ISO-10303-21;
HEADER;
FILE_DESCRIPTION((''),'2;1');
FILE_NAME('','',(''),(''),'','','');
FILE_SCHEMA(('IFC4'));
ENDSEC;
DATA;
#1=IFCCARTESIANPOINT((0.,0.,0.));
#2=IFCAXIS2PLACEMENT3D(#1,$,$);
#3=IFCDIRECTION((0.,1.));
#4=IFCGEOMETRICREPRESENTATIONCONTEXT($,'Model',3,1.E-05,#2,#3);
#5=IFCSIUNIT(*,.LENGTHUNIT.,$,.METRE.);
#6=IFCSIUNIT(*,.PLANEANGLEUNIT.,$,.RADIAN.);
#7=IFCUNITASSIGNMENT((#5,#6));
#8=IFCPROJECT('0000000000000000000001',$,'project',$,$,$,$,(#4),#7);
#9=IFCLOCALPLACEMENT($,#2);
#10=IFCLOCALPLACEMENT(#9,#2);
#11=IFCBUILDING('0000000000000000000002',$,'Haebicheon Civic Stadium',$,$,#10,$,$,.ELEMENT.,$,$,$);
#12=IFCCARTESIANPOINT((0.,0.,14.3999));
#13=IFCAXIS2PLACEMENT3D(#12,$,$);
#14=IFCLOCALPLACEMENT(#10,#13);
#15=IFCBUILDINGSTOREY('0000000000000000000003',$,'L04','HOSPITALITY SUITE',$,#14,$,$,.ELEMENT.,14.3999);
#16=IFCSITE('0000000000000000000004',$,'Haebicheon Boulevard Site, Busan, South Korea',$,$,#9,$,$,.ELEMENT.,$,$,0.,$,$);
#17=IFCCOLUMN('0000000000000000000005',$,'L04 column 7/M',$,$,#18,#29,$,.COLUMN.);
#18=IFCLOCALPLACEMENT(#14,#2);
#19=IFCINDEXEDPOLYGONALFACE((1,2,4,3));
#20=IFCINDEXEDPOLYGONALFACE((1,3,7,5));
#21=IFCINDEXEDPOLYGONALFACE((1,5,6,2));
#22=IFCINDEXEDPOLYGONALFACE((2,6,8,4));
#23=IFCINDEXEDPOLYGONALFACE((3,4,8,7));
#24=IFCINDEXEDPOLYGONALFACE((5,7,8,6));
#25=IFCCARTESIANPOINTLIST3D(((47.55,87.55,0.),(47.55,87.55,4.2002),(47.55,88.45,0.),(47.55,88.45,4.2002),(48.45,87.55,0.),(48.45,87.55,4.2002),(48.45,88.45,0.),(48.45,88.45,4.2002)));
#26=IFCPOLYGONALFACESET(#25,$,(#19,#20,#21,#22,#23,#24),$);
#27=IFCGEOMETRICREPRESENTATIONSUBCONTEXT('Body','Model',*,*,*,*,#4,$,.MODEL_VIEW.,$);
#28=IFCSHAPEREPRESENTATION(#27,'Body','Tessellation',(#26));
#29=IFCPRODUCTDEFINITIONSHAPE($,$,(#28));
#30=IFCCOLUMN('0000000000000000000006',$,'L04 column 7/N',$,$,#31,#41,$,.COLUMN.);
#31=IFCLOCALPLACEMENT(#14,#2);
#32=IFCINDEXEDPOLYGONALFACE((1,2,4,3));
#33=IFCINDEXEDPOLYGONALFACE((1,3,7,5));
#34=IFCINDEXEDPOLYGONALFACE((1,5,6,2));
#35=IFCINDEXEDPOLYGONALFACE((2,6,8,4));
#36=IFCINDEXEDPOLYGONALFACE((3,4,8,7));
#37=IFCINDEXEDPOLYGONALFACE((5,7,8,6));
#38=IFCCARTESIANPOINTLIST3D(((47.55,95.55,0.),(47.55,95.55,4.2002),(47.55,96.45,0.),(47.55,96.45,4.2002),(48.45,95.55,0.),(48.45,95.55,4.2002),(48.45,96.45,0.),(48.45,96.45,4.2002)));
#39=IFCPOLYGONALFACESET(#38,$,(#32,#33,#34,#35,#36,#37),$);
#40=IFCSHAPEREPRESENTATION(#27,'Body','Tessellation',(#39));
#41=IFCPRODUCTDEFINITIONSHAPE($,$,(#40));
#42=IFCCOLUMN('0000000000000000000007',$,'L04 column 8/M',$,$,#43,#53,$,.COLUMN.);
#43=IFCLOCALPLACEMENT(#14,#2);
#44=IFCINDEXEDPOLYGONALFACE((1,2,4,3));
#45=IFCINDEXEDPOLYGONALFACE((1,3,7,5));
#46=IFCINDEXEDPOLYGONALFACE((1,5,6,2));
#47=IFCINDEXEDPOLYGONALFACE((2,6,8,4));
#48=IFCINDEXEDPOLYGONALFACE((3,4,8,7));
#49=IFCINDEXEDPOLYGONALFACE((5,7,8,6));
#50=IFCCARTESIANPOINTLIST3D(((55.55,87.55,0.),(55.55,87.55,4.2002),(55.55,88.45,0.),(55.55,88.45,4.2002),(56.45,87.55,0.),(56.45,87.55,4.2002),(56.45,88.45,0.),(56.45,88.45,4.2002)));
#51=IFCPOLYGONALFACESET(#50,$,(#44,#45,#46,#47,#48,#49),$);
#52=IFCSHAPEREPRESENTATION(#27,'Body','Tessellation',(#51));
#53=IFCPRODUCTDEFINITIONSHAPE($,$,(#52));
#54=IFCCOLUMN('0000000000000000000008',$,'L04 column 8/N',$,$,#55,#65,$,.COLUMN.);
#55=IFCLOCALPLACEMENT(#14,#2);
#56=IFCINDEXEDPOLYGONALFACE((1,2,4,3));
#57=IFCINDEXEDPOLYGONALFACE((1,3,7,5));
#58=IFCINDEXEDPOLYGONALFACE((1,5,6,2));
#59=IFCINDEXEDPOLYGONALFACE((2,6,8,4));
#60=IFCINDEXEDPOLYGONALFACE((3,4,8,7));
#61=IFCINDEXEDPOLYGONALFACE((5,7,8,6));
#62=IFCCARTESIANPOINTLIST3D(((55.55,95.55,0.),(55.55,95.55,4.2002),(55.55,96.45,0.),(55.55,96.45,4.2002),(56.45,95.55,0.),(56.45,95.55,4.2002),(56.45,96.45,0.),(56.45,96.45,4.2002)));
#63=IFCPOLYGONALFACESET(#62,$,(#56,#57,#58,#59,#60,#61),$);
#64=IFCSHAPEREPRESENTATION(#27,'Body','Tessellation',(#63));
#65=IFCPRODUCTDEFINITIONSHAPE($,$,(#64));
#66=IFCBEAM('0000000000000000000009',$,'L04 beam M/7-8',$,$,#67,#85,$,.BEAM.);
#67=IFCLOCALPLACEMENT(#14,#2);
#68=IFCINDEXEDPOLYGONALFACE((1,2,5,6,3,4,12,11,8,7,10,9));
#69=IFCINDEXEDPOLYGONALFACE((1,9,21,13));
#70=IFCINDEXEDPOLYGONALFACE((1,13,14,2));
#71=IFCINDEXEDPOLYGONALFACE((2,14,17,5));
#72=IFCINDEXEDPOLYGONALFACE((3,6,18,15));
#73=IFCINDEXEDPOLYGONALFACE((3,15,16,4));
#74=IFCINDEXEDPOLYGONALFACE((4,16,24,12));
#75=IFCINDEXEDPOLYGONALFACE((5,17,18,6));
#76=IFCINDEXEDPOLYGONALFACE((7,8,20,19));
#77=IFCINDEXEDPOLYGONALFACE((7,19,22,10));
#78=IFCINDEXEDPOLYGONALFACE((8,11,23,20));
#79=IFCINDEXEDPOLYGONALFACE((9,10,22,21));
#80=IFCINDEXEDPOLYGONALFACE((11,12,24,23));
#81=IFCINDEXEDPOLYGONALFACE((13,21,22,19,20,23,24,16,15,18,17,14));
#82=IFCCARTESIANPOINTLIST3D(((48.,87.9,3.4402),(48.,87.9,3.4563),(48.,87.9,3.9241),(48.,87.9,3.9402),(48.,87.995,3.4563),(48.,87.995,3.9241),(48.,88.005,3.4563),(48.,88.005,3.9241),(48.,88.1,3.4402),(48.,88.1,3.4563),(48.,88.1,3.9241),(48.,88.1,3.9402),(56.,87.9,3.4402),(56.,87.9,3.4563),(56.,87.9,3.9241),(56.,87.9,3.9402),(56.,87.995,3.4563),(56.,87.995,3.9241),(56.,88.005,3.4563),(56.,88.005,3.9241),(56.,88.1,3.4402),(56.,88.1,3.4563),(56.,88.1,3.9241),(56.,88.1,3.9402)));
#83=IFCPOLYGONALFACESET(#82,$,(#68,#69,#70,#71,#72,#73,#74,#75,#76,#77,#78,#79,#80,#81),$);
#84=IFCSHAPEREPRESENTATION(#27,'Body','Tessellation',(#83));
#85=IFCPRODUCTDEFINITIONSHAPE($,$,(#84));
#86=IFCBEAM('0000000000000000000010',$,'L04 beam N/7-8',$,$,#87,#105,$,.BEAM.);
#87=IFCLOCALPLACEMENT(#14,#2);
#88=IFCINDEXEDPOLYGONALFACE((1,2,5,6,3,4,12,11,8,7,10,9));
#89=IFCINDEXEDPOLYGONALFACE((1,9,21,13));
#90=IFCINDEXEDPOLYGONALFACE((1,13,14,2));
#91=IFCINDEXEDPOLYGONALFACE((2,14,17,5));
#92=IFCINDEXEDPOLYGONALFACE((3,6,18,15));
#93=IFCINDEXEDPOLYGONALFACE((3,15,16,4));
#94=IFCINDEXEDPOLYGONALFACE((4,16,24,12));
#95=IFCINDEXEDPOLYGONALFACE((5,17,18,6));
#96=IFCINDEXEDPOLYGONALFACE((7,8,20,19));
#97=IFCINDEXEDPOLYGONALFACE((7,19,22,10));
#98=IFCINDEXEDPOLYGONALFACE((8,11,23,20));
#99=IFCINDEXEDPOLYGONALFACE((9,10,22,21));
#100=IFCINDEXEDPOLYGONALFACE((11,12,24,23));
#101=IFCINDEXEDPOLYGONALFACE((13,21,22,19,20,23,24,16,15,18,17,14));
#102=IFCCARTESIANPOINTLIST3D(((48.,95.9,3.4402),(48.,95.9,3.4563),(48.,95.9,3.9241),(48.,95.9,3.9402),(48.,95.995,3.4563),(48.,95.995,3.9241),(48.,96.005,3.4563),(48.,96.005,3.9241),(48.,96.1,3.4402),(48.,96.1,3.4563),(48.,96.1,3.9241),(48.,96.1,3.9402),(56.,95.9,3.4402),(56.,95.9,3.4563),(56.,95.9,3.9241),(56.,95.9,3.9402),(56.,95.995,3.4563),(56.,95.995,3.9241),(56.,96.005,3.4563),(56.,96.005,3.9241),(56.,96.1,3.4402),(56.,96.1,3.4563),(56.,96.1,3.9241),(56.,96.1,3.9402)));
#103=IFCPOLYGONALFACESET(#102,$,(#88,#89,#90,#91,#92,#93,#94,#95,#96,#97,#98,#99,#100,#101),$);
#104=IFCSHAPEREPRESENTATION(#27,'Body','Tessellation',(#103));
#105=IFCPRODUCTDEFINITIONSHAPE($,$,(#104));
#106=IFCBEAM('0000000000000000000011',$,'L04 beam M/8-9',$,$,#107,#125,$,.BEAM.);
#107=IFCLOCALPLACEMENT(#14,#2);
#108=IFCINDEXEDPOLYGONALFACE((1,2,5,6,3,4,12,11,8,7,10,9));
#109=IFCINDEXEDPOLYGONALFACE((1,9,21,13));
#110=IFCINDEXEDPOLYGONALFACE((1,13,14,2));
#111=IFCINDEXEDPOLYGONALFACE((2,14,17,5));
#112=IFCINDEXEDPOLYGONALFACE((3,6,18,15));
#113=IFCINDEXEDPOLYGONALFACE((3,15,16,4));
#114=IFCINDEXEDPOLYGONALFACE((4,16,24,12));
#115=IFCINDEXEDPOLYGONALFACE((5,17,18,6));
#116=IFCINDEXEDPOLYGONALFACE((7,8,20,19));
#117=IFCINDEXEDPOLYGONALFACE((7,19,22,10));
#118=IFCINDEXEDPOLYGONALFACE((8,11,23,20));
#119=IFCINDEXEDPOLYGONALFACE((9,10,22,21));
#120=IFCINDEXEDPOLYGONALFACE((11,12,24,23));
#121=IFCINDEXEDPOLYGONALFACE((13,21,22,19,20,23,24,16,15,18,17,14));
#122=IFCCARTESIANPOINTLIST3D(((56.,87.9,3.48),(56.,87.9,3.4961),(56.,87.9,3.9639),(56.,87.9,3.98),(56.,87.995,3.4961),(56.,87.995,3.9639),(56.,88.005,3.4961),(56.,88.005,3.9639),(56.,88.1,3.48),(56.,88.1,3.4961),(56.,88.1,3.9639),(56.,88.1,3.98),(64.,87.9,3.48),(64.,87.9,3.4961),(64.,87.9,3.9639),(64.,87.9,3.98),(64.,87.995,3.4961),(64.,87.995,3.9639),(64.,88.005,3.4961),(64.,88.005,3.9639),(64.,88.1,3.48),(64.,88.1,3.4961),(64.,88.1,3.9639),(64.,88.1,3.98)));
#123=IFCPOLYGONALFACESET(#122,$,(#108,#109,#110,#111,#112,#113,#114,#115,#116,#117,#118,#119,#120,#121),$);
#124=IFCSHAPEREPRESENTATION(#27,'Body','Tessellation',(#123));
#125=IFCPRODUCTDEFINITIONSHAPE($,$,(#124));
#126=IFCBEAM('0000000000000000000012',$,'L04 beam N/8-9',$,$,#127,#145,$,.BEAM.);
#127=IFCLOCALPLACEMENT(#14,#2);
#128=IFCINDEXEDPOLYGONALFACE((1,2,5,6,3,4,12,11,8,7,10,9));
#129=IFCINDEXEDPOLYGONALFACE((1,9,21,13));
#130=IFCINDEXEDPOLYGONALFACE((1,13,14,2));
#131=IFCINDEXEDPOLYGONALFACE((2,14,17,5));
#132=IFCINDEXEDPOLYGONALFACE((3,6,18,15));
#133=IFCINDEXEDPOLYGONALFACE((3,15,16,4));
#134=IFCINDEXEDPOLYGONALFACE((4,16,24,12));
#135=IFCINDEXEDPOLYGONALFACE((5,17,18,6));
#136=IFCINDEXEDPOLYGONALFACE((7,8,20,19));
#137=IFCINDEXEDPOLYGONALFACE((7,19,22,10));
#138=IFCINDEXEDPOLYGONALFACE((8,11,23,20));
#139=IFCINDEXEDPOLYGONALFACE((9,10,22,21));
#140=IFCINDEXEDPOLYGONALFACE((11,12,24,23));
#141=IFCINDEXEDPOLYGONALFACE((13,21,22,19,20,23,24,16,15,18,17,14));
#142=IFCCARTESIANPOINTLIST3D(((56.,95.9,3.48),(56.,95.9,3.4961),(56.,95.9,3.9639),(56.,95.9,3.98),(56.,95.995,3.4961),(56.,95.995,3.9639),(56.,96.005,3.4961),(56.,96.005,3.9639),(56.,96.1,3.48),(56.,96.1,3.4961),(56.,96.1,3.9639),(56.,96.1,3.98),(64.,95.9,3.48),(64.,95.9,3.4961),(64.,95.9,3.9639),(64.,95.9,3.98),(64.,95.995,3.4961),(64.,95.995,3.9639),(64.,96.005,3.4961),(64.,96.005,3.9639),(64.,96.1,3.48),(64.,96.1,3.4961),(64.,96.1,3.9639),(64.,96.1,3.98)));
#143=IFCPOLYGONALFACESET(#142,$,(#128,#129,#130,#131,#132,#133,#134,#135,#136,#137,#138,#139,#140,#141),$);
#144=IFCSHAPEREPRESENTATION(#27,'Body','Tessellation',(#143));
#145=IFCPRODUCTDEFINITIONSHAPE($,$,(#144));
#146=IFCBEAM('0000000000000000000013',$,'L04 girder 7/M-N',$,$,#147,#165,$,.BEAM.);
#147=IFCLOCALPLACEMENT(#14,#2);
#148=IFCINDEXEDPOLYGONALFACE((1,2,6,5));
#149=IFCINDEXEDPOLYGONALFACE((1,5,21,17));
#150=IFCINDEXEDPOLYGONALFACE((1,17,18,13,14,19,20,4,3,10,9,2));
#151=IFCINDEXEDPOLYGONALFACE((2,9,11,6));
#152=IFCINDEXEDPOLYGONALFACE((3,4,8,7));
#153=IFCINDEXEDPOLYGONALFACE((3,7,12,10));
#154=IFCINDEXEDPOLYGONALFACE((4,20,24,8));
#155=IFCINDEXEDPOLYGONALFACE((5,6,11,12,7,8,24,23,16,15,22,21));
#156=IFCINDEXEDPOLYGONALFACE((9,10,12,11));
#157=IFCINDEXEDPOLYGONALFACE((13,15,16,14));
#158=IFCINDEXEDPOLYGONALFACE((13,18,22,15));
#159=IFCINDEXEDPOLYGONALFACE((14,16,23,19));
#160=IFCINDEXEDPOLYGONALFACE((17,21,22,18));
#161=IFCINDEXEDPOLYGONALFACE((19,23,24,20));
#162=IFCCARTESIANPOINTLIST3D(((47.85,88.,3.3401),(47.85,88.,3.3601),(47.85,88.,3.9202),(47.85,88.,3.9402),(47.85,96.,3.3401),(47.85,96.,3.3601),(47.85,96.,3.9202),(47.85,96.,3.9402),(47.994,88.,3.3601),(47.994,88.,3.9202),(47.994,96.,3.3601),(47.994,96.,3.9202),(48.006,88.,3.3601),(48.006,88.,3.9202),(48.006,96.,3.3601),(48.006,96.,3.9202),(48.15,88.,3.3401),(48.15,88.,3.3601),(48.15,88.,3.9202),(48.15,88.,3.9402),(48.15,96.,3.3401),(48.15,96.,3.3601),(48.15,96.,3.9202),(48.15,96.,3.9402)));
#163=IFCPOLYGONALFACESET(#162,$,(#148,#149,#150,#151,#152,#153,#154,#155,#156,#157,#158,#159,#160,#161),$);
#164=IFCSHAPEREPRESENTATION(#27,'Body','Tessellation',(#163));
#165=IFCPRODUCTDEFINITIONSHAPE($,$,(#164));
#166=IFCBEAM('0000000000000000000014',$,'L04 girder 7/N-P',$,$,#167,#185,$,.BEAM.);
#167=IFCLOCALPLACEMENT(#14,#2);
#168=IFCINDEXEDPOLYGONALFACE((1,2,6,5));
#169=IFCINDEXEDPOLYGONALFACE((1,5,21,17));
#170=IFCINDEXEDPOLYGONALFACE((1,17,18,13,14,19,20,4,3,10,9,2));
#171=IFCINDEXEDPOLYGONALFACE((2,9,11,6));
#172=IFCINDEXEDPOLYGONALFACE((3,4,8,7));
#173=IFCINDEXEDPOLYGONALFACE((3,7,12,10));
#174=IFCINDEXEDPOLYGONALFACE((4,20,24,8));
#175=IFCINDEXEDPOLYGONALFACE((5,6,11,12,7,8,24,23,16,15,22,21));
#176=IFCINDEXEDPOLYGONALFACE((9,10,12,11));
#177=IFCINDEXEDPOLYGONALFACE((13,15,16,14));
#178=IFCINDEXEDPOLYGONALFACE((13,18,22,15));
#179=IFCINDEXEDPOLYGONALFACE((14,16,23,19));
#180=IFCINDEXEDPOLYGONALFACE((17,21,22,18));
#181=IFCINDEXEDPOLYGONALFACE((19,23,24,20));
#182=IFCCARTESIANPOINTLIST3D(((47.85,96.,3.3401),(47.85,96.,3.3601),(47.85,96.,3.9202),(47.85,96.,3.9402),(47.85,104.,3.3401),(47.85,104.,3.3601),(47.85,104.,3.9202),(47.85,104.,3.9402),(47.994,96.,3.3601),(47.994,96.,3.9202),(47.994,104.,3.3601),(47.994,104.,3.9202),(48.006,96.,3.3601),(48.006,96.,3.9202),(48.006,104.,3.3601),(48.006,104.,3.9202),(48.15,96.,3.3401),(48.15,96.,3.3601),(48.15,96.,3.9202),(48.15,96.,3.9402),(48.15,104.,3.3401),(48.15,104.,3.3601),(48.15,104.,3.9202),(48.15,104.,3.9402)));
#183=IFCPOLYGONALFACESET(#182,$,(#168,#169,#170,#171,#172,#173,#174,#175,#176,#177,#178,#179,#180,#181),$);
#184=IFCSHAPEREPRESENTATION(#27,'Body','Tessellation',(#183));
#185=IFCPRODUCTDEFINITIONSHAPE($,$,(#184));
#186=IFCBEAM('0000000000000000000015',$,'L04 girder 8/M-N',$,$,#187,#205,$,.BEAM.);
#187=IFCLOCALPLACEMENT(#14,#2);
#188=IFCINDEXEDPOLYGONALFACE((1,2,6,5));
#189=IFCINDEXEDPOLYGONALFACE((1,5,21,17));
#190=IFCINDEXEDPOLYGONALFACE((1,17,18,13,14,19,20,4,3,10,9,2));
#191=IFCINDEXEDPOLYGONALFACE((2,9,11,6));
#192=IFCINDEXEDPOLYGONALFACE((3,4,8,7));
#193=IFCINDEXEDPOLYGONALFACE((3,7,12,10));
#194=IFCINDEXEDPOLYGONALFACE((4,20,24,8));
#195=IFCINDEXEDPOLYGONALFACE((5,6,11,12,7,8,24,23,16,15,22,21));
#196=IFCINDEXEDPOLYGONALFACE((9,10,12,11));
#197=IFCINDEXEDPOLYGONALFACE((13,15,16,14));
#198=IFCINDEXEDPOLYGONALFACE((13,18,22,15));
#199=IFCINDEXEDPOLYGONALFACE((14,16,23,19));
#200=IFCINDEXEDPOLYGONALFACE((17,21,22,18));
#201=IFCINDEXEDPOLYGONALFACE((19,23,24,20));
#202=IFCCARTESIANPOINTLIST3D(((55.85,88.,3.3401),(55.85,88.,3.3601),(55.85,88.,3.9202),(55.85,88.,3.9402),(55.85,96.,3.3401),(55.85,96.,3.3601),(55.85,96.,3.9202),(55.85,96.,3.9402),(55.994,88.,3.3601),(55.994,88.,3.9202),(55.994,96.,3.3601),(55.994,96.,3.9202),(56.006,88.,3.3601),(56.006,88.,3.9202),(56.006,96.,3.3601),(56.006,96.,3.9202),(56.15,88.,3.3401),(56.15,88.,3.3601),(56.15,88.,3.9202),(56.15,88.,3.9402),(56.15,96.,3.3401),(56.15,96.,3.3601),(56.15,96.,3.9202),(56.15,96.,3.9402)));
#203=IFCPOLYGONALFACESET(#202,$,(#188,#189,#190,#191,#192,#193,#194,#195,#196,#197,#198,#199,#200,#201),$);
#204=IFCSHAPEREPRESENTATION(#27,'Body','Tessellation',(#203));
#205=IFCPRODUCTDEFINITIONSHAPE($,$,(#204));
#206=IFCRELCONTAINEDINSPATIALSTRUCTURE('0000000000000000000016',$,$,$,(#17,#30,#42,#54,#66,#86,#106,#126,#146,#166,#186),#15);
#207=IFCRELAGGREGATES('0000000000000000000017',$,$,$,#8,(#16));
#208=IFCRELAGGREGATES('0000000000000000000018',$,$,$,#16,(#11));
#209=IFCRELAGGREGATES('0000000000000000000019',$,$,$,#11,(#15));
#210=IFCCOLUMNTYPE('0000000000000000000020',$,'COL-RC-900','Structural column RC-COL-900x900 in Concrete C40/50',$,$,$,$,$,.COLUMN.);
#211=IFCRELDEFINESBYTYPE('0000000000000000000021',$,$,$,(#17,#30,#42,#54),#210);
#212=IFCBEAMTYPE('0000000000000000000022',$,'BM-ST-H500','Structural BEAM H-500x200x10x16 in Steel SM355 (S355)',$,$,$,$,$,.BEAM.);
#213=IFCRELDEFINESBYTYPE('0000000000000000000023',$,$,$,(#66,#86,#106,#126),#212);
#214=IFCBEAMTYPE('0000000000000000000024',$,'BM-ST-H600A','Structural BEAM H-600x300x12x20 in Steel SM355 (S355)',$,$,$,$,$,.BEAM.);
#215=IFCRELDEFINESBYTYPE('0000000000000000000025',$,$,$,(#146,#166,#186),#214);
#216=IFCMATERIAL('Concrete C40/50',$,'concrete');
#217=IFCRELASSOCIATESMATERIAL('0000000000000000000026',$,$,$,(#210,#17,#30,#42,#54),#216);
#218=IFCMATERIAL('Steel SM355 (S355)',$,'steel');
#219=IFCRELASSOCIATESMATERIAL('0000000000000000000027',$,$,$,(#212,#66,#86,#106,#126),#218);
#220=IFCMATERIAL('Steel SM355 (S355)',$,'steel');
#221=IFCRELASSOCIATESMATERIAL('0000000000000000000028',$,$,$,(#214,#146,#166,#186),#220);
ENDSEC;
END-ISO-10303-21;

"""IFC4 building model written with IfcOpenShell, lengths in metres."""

from ifc_helpers import new_model, si_unit, direction, frame, origin, origin_2d, place, context, subcontext, project, spatial, rectangle, i_section, extrude, material, material_profile, profile_set, type_object, element, save


model = new_model("IFC4")

# Units and contexts
model_context = context("Model", 3, precision=1e-05, world=origin(), true_north=direction((0.0, 1.0)))
body_context = subcontext(model_context, "Body", "Model", "MODEL_VIEW")
ifc_project = project(units=[si_unit("LENGTHUNIT", "METRE"), si_unit("PLANEANGLEUNIT", "RADIAN")], contexts=[model_context])

# Site, building, storey
site_placement = place(None, origin())
site = spatial("IfcSite", under=ifc_project, at=site_placement, Name="Haebicheon Boulevard Site, Busan, South Korea", CompositionType="ELEMENT", RefElevation=0.0)
building_placement = place(site_placement, origin())
building = spatial("IfcBuilding", under=site, at=building_placement, Name="Haebicheon Civic Stadium", CompositionType="ELEMENT")
storey_placement = place(building_placement, frame((0.0, 0.0, 14.3999)))
storey = spatial("IfcBuildingStorey", under=building, at=storey_placement, Name="L04", Description="HOSPITALITY SUITE", CompositionType="ELEMENT", Elevation=14.3999)

# Columns
ifc_material_1 = material(Name="Concrete C40/50", Category="concrete")
ifc_material_profile_1 = material_profile(ifc_material_1, rectangle(XDim=0.8999, YDim=0.8999, at=origin_2d()), Name="RC-COL-900x900")
ifc_profile_set_1 = profile_set([ifc_material_profile_1], Name="Concrete C40/50")
column_type = type_object("IfcColumnType", Name="COL-RC-900", Description="Structural column RC-COL-900x900 in Concrete C40/50", PredefinedType="COLUMN", material=ifc_profile_set_1)
for number, where, z_axis, x_axis, name in (
    (1, (48.0, 88.0, 0.0), (0.0, 0.0, 1.0), (1.0, 0.0, 0.0), "L04 column 7/M"),
    (2, (48.0, 96.0, 0.0), (0.0, 0.0, 1.0), (1.0, 0.0, 0.0), "L04 column 7/N"),
    (3, (56.0, 88.0, 0.0), (0.0, 0.0, 1.0), (1.0, 0.0, 0.0), "L04 column 8/M"),
    (4, (56.0, 96.0, 0.0), (0.0, 0.0, 1.0), (1.0, 0.0, 0.0), "L04 column 8/N"),
):
    element("IfcColumn", number, at=place(storey_placement, frame(where, z_axis=z_axis, x_axis=x_axis)), inside=storey, type_object=column_type, material=ifc_profile_set_1, Name=name, PredefinedType="COLUMN", context=body_context, shape_type="SweptSolid", body=[
        extrude(rectangle(XDim=0.8999, YDim=0.8999, at=origin_2d()), origin(), (0.0, 0.0, 1.0), 4.2002),
    ])

# Beams
ifc_material_2 = material(Name="Steel SM355 (S355)", Category="steel")
ifc_material_profile_2 = material_profile(ifc_material_2, i_section(OverallWidth=0.2, OverallDepth=0.5, WebThickness=0.01, FlangeThickness=0.0161, at=origin_2d()), Name="H-500x200x10x16")
ifc_profile_set_2 = profile_set([ifc_material_profile_2], Name="Steel SM355 (S355)")
beam_type_1 = type_object("IfcBeamType", Name="BM-ST-H500", Description="Structural BEAM H-500x200x10x16 in Steel SM355 (S355)", PredefinedType="BEAM", material=ifc_profile_set_2)
for number, where, z_axis, x_axis, name in (
    (5, (48.0, 88.0, 3.6902), (1.0, 0.0, 0.0), (0.0, 1.0, 0.0), "L04 beam M/7-8"),
    (6, (48.0, 96.0, 3.6902), (1.0, 0.0, 0.0), (0.0, 1.0, 0.0), "L04 beam N/7-8"),
    (7, (56.0, 88.0, 3.73), (1.0, 0.0, 0.0), (0.0, 1.0, 0.0), "L04 beam M/8-9"),
    (8, (56.0, 96.0, 3.73), (1.0, 0.0, 0.0), (0.0, 1.0, 0.0), "L04 beam N/8-9"),
):
    element("IfcBeam", number, at=place(storey_placement, frame(where, z_axis=z_axis, x_axis=x_axis)), inside=storey, type_object=beam_type_1, material=ifc_profile_set_2, Name=name, PredefinedType="BEAM", context=body_context, shape_type="SweptSolid", body=[
        extrude(i_section(OverallWidth=0.2, OverallDepth=0.5, WebThickness=0.01, FlangeThickness=0.0161, at=origin_2d()), origin(), (0.0, 0.0, 1.0), 8.0),
    ])
ifc_material_3 = material(Name="Steel SM355 (S355)", Category="steel")
ifc_material_profile_3 = material_profile(ifc_material_3, i_section(OverallWidth=0.3, OverallDepth=0.6001, WebThickness=0.012, FlangeThickness=0.02, at=origin_2d()), Name="H-600x300x12x20")
ifc_profile_set_3 = profile_set([ifc_material_profile_3], Name="Steel SM355 (S355)")
beam_type_2 = type_object("IfcBeamType", Name="BM-ST-H600A", Description="Structural BEAM H-600x300x12x20 in Steel SM355 (S355)", PredefinedType="BEAM", material=ifc_profile_set_3)
for number, where, z_axis, x_axis, name in (
    (9, (48.0, 88.0, 3.6401), (0.0, 1.0, 0.0), (-1.0, 0.0, 0.0), "L04 girder 7/M-N"),
    (10, (48.0, 96.0, 3.6401), (0.0, 1.0, 0.0), (-1.0, 0.0, 0.0), "L04 girder 7/N-P"),
    (11, (56.0, 88.0, 3.6401), (0.0, 1.0, 0.0), (-1.0, 0.0, 0.0), "L04 girder 8/M-N"),
):
    element("IfcBeam", number, at=place(storey_placement, frame(where, z_axis=z_axis, x_axis=x_axis)), inside=storey, type_object=beam_type_2, material=ifc_profile_set_3, Name=name, PredefinedType="BEAM", context=body_context, shape_type="SweptSolid", body=[
        extrude(i_section(OverallWidth=0.3, OverallDepth=0.6001, WebThickness=0.012, FlangeThickness=0.02, at=origin_2d()), origin(), (0.0, 0.0, 1.0), 8.0),
    ])

save(model, "model.ifc")
